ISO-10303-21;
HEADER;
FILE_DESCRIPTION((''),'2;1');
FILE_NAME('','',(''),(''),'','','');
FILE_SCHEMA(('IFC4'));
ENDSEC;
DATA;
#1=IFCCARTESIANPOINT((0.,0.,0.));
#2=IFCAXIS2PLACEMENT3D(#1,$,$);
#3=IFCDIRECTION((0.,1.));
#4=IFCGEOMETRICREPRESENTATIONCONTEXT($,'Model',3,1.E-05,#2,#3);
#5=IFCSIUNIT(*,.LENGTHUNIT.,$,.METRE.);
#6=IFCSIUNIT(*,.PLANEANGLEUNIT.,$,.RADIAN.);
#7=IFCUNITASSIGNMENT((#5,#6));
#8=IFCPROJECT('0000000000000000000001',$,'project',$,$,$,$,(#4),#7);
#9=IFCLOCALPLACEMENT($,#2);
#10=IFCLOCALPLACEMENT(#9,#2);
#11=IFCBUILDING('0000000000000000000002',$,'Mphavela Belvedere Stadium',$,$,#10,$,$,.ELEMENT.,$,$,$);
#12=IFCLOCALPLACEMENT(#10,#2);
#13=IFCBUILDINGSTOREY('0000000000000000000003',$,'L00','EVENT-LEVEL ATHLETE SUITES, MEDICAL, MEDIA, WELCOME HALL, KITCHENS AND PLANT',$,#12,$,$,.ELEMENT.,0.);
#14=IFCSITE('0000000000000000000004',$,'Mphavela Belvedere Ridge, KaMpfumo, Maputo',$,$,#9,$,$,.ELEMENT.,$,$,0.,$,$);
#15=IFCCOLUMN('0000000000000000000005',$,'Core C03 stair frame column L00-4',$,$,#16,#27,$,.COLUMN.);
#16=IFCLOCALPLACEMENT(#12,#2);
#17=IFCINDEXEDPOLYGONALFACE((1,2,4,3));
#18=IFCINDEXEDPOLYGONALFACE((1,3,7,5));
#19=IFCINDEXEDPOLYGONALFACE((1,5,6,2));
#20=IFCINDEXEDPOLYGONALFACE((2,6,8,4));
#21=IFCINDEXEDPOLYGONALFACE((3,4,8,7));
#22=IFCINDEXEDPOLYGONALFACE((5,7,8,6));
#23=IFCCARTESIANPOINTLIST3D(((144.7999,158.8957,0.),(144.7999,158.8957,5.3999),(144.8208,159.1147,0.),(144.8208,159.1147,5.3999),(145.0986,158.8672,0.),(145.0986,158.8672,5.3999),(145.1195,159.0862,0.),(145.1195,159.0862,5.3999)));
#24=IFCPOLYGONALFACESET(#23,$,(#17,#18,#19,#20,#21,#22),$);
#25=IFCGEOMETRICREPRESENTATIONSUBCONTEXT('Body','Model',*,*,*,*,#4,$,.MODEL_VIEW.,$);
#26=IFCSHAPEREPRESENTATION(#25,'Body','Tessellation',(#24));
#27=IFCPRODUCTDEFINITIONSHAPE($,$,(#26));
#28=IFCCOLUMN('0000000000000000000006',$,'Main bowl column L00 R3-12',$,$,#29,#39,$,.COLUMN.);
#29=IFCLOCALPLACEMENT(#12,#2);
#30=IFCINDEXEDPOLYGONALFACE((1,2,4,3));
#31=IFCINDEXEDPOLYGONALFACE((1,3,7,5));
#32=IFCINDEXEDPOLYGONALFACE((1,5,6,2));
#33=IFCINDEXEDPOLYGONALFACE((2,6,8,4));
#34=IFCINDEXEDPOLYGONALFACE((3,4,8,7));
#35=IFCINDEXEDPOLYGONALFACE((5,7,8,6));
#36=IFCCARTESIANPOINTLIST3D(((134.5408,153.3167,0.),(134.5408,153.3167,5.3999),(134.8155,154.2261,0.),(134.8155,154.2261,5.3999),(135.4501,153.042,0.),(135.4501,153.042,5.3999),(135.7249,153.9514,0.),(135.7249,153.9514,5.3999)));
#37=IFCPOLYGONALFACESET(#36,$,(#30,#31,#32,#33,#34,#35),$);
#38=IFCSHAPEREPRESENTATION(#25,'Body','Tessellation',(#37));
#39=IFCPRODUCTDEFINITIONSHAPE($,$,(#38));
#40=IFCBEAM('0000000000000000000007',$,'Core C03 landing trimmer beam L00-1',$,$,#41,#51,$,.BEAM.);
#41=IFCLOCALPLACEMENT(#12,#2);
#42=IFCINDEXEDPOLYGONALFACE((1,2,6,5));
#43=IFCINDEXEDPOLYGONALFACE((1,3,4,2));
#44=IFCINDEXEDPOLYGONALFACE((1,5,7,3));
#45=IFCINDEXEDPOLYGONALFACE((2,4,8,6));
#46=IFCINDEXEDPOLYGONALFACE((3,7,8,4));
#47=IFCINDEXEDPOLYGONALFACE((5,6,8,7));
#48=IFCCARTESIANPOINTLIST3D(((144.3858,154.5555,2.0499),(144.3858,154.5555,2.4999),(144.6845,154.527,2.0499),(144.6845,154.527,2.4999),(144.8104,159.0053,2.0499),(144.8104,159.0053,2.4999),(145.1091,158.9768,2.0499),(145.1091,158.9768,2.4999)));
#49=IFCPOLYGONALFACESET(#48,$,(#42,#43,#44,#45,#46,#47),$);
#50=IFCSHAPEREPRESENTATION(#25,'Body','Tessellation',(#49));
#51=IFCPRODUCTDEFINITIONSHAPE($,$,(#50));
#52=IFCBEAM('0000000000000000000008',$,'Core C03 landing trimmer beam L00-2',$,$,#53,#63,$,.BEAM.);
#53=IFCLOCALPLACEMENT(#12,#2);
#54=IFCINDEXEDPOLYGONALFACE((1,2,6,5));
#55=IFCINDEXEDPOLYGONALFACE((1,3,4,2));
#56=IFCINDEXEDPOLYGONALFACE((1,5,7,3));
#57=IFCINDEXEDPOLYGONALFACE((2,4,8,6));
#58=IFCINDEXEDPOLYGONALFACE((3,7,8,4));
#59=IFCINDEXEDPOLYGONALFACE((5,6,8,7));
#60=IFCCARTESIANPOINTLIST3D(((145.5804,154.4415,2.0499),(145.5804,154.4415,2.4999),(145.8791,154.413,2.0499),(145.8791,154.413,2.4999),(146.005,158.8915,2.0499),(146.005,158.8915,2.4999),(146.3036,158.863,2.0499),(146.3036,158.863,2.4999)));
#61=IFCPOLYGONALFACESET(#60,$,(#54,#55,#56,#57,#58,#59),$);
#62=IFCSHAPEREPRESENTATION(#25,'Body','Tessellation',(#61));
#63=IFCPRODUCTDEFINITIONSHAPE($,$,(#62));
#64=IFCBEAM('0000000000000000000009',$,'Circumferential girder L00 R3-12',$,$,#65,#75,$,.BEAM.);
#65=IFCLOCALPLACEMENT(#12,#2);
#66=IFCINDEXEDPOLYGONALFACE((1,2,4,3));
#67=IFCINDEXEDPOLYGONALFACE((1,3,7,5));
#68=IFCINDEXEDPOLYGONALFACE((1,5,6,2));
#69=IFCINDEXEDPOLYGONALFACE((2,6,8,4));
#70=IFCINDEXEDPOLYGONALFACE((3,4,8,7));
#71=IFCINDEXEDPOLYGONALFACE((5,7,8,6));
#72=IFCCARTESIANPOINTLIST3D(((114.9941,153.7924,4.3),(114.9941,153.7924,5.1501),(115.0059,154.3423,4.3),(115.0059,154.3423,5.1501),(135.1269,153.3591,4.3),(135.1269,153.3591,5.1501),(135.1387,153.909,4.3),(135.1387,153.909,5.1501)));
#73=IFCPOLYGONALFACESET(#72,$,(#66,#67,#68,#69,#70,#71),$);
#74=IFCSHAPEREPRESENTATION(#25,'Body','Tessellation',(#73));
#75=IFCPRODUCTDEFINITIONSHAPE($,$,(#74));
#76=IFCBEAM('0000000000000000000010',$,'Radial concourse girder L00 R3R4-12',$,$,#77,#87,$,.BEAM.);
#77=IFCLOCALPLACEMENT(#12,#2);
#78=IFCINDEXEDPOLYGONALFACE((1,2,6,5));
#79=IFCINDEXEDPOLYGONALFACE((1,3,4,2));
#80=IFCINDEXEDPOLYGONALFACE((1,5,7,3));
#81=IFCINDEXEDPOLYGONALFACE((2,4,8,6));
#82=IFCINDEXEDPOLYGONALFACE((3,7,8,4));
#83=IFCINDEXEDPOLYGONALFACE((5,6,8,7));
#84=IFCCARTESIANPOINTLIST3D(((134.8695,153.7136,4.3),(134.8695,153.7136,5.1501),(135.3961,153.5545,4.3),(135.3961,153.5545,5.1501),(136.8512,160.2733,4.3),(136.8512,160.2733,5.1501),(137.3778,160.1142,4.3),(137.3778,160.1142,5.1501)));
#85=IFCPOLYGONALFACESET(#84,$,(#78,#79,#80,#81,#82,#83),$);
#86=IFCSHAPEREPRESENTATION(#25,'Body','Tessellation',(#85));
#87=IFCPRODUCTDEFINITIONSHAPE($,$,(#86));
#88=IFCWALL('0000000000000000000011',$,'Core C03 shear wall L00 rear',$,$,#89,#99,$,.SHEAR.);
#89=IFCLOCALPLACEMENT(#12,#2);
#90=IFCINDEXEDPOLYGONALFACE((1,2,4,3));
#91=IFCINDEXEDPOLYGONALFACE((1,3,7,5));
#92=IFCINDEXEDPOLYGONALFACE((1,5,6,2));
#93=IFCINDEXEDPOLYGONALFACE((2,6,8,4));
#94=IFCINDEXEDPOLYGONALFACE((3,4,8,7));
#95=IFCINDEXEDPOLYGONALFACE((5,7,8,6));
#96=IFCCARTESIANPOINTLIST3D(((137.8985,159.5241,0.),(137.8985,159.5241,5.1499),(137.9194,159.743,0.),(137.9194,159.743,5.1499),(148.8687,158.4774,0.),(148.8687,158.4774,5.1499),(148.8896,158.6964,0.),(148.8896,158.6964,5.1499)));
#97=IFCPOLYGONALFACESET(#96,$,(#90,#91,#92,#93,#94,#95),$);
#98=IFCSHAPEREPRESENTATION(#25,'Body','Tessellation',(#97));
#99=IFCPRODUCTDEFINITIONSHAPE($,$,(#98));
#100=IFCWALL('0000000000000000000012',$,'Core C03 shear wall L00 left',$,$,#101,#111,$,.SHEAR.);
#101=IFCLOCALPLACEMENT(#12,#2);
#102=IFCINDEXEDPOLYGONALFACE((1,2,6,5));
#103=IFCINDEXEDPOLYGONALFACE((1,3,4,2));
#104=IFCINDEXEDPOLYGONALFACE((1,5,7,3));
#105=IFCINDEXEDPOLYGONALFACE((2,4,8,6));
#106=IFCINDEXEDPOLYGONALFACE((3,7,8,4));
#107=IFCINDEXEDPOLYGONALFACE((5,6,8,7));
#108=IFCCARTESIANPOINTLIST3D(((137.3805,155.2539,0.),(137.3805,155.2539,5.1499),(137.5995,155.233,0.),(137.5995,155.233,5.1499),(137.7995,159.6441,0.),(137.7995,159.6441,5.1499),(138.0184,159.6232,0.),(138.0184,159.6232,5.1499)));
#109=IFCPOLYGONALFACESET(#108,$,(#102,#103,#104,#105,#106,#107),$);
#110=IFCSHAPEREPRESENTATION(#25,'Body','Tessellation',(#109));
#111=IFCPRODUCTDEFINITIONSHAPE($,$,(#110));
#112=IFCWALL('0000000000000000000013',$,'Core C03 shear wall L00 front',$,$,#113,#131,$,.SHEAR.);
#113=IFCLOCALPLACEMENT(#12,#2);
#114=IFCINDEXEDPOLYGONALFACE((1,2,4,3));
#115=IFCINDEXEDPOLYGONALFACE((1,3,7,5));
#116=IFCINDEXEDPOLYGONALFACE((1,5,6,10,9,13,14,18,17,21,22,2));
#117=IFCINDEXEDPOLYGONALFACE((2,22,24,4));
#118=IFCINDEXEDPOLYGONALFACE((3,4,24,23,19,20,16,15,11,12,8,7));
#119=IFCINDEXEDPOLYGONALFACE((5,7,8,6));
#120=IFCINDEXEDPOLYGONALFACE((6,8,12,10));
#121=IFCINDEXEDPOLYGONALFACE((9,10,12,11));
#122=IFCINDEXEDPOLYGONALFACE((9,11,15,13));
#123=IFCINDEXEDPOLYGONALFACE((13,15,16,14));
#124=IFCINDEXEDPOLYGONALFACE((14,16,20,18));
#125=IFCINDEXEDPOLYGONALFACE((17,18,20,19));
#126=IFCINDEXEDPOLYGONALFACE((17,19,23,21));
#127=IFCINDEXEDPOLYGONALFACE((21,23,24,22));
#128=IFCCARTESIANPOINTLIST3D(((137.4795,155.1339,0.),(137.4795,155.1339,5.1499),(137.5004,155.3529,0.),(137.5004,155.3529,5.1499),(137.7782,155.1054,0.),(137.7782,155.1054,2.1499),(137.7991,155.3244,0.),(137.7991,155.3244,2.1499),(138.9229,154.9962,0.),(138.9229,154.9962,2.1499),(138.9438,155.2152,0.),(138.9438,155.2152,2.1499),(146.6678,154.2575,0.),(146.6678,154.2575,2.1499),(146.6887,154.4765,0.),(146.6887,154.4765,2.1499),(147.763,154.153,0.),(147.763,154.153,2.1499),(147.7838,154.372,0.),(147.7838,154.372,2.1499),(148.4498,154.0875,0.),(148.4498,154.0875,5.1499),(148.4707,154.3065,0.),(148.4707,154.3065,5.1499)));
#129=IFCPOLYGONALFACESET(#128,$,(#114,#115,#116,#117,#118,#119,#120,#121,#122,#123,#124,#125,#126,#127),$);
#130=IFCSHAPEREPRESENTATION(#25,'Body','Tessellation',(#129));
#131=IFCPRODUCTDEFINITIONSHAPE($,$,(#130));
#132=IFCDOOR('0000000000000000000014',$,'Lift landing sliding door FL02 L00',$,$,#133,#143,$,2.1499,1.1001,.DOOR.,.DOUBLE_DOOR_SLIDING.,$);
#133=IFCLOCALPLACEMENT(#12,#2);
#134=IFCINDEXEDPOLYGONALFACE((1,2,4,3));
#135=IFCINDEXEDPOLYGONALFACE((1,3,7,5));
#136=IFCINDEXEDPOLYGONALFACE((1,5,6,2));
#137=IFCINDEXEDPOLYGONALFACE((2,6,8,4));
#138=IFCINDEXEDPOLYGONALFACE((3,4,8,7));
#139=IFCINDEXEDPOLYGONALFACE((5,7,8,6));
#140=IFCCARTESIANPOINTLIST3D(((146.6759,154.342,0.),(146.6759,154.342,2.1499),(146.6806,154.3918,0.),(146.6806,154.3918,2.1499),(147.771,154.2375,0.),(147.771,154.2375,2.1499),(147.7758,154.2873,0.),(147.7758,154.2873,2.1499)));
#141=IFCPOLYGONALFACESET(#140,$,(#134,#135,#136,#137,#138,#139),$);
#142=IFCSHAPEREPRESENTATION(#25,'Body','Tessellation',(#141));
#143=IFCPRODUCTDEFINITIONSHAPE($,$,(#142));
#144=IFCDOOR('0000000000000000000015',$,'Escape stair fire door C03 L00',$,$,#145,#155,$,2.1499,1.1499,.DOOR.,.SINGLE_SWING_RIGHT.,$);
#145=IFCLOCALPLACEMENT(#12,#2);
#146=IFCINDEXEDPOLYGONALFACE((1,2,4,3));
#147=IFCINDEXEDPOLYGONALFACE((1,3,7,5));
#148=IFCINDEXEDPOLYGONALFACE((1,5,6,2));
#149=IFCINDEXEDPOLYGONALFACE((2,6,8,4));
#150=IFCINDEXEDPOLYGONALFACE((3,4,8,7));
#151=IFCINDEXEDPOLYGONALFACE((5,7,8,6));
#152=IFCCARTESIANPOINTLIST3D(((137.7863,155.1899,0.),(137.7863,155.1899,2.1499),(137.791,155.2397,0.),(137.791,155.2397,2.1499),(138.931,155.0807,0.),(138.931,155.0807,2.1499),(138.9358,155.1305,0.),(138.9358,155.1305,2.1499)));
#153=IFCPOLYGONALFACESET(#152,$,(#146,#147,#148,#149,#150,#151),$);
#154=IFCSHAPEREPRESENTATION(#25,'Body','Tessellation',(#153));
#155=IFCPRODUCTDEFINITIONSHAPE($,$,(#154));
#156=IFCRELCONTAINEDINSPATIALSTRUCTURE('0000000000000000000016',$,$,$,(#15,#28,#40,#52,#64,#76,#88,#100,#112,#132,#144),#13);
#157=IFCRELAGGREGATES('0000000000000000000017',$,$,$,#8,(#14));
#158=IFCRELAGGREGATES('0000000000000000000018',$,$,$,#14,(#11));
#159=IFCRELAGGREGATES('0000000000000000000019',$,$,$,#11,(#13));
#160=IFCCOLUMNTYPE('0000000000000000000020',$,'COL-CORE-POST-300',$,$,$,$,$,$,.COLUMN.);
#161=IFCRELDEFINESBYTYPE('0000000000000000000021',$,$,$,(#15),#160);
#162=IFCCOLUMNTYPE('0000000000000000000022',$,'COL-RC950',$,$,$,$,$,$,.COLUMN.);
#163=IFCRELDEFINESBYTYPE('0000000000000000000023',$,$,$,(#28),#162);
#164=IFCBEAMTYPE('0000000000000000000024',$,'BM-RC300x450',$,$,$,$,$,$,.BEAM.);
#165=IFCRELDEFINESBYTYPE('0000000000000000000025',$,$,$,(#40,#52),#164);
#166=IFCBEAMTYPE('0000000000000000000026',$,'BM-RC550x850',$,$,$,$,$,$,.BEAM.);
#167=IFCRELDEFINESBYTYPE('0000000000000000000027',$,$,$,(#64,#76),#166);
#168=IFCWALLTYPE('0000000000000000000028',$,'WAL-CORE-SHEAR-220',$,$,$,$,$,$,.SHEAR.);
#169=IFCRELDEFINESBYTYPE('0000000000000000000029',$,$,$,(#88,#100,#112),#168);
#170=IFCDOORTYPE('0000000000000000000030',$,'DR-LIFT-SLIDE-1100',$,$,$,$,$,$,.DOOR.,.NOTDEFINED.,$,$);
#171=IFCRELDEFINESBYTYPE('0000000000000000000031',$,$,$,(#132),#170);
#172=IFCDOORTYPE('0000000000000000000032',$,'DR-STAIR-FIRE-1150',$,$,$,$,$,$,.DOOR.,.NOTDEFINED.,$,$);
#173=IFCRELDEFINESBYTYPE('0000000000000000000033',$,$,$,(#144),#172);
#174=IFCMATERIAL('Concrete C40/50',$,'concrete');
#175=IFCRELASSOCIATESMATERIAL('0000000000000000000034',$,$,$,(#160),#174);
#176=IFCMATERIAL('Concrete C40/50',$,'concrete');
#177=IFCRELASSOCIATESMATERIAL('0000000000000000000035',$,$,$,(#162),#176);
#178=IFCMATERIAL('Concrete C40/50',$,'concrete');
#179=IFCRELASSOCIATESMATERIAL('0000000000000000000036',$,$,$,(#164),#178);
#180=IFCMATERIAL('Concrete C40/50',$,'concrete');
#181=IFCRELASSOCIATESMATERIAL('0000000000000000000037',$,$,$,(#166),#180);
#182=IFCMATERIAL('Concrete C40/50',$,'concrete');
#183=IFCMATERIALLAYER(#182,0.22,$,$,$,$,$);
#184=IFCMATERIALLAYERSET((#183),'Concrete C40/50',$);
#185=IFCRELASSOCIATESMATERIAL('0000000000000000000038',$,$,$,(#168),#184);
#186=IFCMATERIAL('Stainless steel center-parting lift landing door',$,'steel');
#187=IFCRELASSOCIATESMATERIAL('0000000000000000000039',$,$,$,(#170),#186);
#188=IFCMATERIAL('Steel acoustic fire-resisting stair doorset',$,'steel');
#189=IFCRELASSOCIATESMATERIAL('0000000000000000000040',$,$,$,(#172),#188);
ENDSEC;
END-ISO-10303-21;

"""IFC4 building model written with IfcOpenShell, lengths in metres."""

from ifc_helpers import new_model, si_unit, direction, frame, frame_2d, origin, origin_2d, place, context, subcontext, project, spatial, rectangle, extrude, material, layer, layer_set, material_profile, profile_set, type_object, element, fill, save


model = new_model("IFC4")

# Units and contexts
model_context = context("Model", 3, precision=1e-05, world=origin(), true_north=direction((0.0, 1.0)))
body_context = subcontext(model_context, "Body", "Model", "MODEL_VIEW")
ifc_project = project(units=[si_unit("LENGTHUNIT", "METRE"), si_unit("PLANEANGLEUNIT", "RADIAN")], contexts=[model_context])

# Site, building, storey
site_placement = place(None, origin())
site = spatial("IfcSite", under=ifc_project, at=site_placement, Name="Mphavela Belvedere Ridge, KaMpfumo, Maputo", CompositionType="ELEMENT", RefElevation=0.0)
building_placement = place(site_placement, origin())
building = spatial("IfcBuilding", under=site, at=building_placement, Name="Mphavela Belvedere Stadium", CompositionType="ELEMENT")
storey_placement = place(building_placement, origin())
storey = spatial("IfcBuildingStorey", under=building, at=storey_placement, Name="L00", Description="EVENT-LEVEL ATHLETE SUITES, MEDICAL, MEDIA, WELCOME HALL, KITCHENS AND PLANT", CompositionType="ELEMENT", Elevation=0.0)

# Columns
ifc_material_1 = material(Name="Concrete C40/50", Category="concrete")
ifc_material_profile_1 = material_profile(ifc_material_1, rectangle(XDim=0.3, YDim=0.22, at=origin_2d()), Name="RC 300x220")
ifc_profile_set_1 = profile_set([ifc_material_profile_1], Name="Concrete C40/50")
column_type_1 = type_object("IfcColumnType", Name="COL-CORE-POST-300", PredefinedType="COLUMN", material=ifc_profile_set_1)
for number, where, z_axis, x_axis, name in (
    (1, (144.9597, 158.991, 0.0), (0.0, 0.0, 1.0), (0.995479, -0.094977, 0.0), "Core C03 stair frame column L00-4"),
):
    element("IfcColumn", number, at=place(storey_placement, frame(where, z_axis=z_axis, x_axis=x_axis)), inside=storey, type_object=column_type_1, Name=name, PredefinedType="COLUMN", context=body_context, shape_type="SweptSolid", body=[
        extrude(rectangle(XDim=0.3, YDim=0.22, at=origin_2d()), origin(), (0.0, 0.0, 1.0), 5.3999),
    ])
ifc_material_2 = material(Name="Concrete C40/50", Category="concrete")
ifc_material_profile_2 = material_profile(ifc_material_2, rectangle(XDim=0.95, YDim=0.95, at=origin_2d()), Name="RC 950x950")
ifc_profile_set_2 = profile_set([ifc_material_profile_2], Name="Concrete C40/50")
column_type_2 = type_object("IfcColumnType", Name="COL-RC950", PredefinedType="COLUMN", material=ifc_profile_set_2)
column_placement = place(storey_placement, frame((135.1328, 153.634, 0.0), z_axis=(0.0, 0.0, 1.0), x_axis=(0.289199, 0.957269, 0.0)))
element("IfcColumn", 2, at=column_placement, inside=storey, type_object=column_type_2, Name="Main bowl column L00 R3-12", PredefinedType="COLUMN", context=body_context, shape_type="SweptSolid", body=[
    extrude(rectangle(XDim=0.95, YDim=0.95, at=origin_2d()), origin(), (0.0, 0.0, 1.0), 5.3999),
])

# Beams
ifc_material_3 = material(Name="Concrete C40/50", Category="concrete")
ifc_material_profile_3 = material_profile(ifc_material_3, rectangle(XDim=0.3, YDim=0.45, at=origin_2d()), Name="RC 300x450")
ifc_profile_set_3 = profile_set([ifc_material_profile_3], Name="Concrete C40/50")
beam_type_1 = type_object("IfcBeamType", Name="BM-RC300x450", PredefinedType="BEAM", material=ifc_profile_set_3)
beam_1_placement = place(storey_placement, frame((144.5352, 154.5413, 2.2749), z_axis=(0.094982, 0.995479, 0.0), x_axis=(-0.995479, 0.094982, 0.0)))
element("IfcBeam", 3, at=beam_1_placement, inside=storey, type_object=beam_type_1, Name="Core C03 landing trimmer beam L00-1", PredefinedType="BEAM", context=body_context, shape_type="SweptSolid", body=[
    extrude(rectangle(XDim=0.3, YDim=0.45, at=origin_2d()), origin(), (0.0, 0.0, 1.0), 4.47),
])
beam_2_placement = place(storey_placement, frame((145.7297, 154.4272, 2.2749), z_axis=(0.094977, 0.99548, 0.0), x_axis=(-0.99548, 0.094977, 0.0)))
element("IfcBeam", 4, at=beam_2_placement, inside=storey, type_object=beam_type_1, Name="Core C03 landing trimmer beam L00-2", PredefinedType="BEAM", context=body_context, shape_type="SweptSolid", body=[
    extrude(rectangle(XDim=0.3, YDim=0.45, at=origin_2d()), origin(), (0.0, 0.0, 1.0), 4.4702),
])
ifc_material_4 = material(Name="Concrete C40/50", Category="concrete")
ifc_material_profile_4 = material_profile(ifc_material_4, rectangle(XDim=0.55, YDim=0.8501, at=origin_2d()), Name="RC 550x850")
ifc_profile_set_4 = profile_set([ifc_material_profile_4], Name="Concrete C40/50")
beam_type_2 = type_object("IfcBeamType", Name="BM-RC550x850", PredefinedType="BEAM", material=ifc_profile_set_4)
beam_3_placement = place(storey_placement, frame((135.1328, 153.634, 4.7251), z_axis=(-0.999768, 0.02152, 0.0), x_axis=(-0.02152, -0.999768, 0.0)))
element("IfcBeam", 5, at=beam_3_placement, inside=storey, type_object=beam_type_2, Name="Circumferential girder L00 R3-12", PredefinedType="BEAM", context=body_context, shape_type="SweptSolid", body=[
    extrude(rectangle(XDim=0.55, YDim=0.8501, at=origin_2d()), origin(), (0.0, 0.0, 1.0), 20.1375),
])
beam_4_placement = place(storey_placement, frame((135.1328, 153.634, 4.7251), z_axis=(0.289188, 0.957272, 0.0), x_axis=(-0.957272, 0.289188, 0.0)))
element("IfcBeam", 6, at=beam_4_placement, inside=storey, type_object=beam_type_2, Name="Radial concourse girder L00 R3R4-12", PredefinedType="BEAM", context=body_context, shape_type="SweptSolid", body=[
    extrude(rectangle(XDim=0.55, YDim=0.8501, at=origin_2d()), origin(), (0.0, 0.0, 1.0), 6.8525),
])

# Walls
ifc_material_5 = material(Name="Concrete C40/50", Category="concrete")
ifc_layer_1 = layer(ifc_material_5, 0.22)
ifc_layer_set_1 = layer_set([ifc_layer_1], Name="Concrete C40/50")
wall_type_1 = type_object("IfcWallType", Name="WAL-CORE-SHEAR-220", PredefinedType="SHEAR", material=ifc_layer_set_1)
wall_1_placement = place(storey_placement, frame((137.9089, 159.6335, 0.0), z_axis=(0.0, 0.0, 1.0), x_axis=(0.99548, -0.094975, 0.0)))
element("IfcWall", 7, at=wall_1_placement, inside=storey, type_object=wall_type_1, Name="Core C03 shear wall L00 rear", PredefinedType="SHEAR", context=body_context, shape_type="SweptSolid", body=[
    extrude(rectangle(XDim=11.02, YDim=0.22, at=frame_2d((5.51, 0.0))), origin(), (0.0, 0.0, 1.0), 5.1499),
])
wall_2_placement = place(storey_placement, frame((137.49, 155.2434, 0.0), z_axis=(0.0, 0.0, 1.0), x_axis=(0.094997, 0.995478, 0.0)))
element("IfcWall", 8, at=wall_2_placement, inside=storey, type_object=wall_type_1, Name="Core C03 shear wall L00 left", PredefinedType="SHEAR", context=body_context, shape_type="SweptSolid", body=[
    extrude(rectangle(XDim=4.4102, YDim=0.22, at=frame_2d((2.2051, 0.0))), origin(), (0.0, 0.0, 1.0), 5.1499),
])

# Wall, openings, doors
wall_3_placement = place(storey_placement, frame((137.49, 155.2434, 0.0), z_axis=(0.0, 0.0, 1.0), x_axis=(0.995482, -0.094953, 0.0)))
wall_3 = element("IfcWall", 9, at=wall_3_placement, inside=storey, type_object=wall_type_1, Name="Core C03 shear wall L00 front", PredefinedType="SHEAR", context=body_context, shape_type="SweptSolid", body=[
    extrude(rectangle(XDim=11.02, YDim=0.22, at=frame_2d((5.51, 0.0))), origin(), (0.0, 0.0, 1.0), 5.1499),
])
opening_1_placement = place(wall_3_placement, frame((0.3, 0.0, 0.0)))
opening_1 = element("IfcOpeningElement", 10, at=opening_1_placement, cuts=wall_3, PredefinedType="OPENING", context=body_context, shape_type="SweptSolid", body=[
    extrude(rectangle(XDim=1.1499, YDim=2.1499, at=frame_2d((0.575, 1.075))), frame((0.0, 0.1201, 0.0), z_axis=(0.0, -1.0, 0.0), x_axis=(1.0, 0.0, 0.0)), (0.0, 0.0, 1.0), 0.24),
])
opening_2_placement = place(wall_3_placement, frame((9.23, 0.0, 0.0)))
opening_2 = element("IfcOpeningElement", 11, at=opening_2_placement, cuts=wall_3, PredefinedType="OPENING", context=body_context, shape_type="SweptSolid", body=[
    extrude(rectangle(XDim=1.1001, YDim=2.1499, at=frame_2d((0.55, 1.075))), frame((0.0, 0.1201, 0.0), z_axis=(0.0, -1.0, 0.0), x_axis=(1.0, 0.0, 0.0)), (0.0, 0.0, 1.0), 0.24),
])
ifc_material_6 = material(Name="Stainless steel center-parting lift landing door", Category="steel")
door_type_1 = type_object("IfcDoorType", Name="DR-LIFT-SLIDE-1100", OperationType="NOTDEFINED", PredefinedType="DOOR", material=ifc_material_6)
door_1_placement = place(opening_2_placement, origin())
door_1 = element("IfcDoor", 12, at=door_1_placement, inside=storey, type_object=door_type_1, Name="Lift landing sliding door FL02 L00", OperationType="DOUBLE_DOOR_SLIDING", OverallHeight=2.1499, OverallWidth=1.1001, PredefinedType="DOOR", context=body_context, shape_type="SweptSolid", body=[
    extrude(rectangle(XDim=1.1001, YDim=2.1499, at=frame_2d((0.55, 1.075))), frame((0.0, 0.0249, 0.0), z_axis=(0.0, -1.0, 0.0), x_axis=(1.0, 0.0, 0.0)), (0.0, 0.0, 1.0), 0.05),
])
fill(opening_2, door_1)
ifc_material_7 = material(Name="Steel acoustic fire-resisting stair doorset", Category="steel")
door_type_2 = type_object("IfcDoorType", Name="DR-STAIR-FIRE-1150", OperationType="NOTDEFINED", PredefinedType="DOOR", material=ifc_material_7)
door_2_placement = place(opening_1_placement, origin())
door_2 = element("IfcDoor", 13, at=door_2_placement, inside=storey, type_object=door_type_2, Name="Escape stair fire door C03 L00", OperationType="SINGLE_SWING_RIGHT", OverallHeight=2.1499, OverallWidth=1.1499, PredefinedType="DOOR", context=body_context, shape_type="SweptSolid", body=[
    extrude(rectangle(XDim=1.1499, YDim=2.1499, at=frame_2d((0.575, 1.075))), frame((0.0, 0.0249, 0.0), z_axis=(0.0, -1.0, 0.0), x_axis=(1.0, 0.0, 0.0)), (0.0, 0.0, 1.0), 0.05),
])
fill(opening_1, door_2)

save(model, "model.ifc")
